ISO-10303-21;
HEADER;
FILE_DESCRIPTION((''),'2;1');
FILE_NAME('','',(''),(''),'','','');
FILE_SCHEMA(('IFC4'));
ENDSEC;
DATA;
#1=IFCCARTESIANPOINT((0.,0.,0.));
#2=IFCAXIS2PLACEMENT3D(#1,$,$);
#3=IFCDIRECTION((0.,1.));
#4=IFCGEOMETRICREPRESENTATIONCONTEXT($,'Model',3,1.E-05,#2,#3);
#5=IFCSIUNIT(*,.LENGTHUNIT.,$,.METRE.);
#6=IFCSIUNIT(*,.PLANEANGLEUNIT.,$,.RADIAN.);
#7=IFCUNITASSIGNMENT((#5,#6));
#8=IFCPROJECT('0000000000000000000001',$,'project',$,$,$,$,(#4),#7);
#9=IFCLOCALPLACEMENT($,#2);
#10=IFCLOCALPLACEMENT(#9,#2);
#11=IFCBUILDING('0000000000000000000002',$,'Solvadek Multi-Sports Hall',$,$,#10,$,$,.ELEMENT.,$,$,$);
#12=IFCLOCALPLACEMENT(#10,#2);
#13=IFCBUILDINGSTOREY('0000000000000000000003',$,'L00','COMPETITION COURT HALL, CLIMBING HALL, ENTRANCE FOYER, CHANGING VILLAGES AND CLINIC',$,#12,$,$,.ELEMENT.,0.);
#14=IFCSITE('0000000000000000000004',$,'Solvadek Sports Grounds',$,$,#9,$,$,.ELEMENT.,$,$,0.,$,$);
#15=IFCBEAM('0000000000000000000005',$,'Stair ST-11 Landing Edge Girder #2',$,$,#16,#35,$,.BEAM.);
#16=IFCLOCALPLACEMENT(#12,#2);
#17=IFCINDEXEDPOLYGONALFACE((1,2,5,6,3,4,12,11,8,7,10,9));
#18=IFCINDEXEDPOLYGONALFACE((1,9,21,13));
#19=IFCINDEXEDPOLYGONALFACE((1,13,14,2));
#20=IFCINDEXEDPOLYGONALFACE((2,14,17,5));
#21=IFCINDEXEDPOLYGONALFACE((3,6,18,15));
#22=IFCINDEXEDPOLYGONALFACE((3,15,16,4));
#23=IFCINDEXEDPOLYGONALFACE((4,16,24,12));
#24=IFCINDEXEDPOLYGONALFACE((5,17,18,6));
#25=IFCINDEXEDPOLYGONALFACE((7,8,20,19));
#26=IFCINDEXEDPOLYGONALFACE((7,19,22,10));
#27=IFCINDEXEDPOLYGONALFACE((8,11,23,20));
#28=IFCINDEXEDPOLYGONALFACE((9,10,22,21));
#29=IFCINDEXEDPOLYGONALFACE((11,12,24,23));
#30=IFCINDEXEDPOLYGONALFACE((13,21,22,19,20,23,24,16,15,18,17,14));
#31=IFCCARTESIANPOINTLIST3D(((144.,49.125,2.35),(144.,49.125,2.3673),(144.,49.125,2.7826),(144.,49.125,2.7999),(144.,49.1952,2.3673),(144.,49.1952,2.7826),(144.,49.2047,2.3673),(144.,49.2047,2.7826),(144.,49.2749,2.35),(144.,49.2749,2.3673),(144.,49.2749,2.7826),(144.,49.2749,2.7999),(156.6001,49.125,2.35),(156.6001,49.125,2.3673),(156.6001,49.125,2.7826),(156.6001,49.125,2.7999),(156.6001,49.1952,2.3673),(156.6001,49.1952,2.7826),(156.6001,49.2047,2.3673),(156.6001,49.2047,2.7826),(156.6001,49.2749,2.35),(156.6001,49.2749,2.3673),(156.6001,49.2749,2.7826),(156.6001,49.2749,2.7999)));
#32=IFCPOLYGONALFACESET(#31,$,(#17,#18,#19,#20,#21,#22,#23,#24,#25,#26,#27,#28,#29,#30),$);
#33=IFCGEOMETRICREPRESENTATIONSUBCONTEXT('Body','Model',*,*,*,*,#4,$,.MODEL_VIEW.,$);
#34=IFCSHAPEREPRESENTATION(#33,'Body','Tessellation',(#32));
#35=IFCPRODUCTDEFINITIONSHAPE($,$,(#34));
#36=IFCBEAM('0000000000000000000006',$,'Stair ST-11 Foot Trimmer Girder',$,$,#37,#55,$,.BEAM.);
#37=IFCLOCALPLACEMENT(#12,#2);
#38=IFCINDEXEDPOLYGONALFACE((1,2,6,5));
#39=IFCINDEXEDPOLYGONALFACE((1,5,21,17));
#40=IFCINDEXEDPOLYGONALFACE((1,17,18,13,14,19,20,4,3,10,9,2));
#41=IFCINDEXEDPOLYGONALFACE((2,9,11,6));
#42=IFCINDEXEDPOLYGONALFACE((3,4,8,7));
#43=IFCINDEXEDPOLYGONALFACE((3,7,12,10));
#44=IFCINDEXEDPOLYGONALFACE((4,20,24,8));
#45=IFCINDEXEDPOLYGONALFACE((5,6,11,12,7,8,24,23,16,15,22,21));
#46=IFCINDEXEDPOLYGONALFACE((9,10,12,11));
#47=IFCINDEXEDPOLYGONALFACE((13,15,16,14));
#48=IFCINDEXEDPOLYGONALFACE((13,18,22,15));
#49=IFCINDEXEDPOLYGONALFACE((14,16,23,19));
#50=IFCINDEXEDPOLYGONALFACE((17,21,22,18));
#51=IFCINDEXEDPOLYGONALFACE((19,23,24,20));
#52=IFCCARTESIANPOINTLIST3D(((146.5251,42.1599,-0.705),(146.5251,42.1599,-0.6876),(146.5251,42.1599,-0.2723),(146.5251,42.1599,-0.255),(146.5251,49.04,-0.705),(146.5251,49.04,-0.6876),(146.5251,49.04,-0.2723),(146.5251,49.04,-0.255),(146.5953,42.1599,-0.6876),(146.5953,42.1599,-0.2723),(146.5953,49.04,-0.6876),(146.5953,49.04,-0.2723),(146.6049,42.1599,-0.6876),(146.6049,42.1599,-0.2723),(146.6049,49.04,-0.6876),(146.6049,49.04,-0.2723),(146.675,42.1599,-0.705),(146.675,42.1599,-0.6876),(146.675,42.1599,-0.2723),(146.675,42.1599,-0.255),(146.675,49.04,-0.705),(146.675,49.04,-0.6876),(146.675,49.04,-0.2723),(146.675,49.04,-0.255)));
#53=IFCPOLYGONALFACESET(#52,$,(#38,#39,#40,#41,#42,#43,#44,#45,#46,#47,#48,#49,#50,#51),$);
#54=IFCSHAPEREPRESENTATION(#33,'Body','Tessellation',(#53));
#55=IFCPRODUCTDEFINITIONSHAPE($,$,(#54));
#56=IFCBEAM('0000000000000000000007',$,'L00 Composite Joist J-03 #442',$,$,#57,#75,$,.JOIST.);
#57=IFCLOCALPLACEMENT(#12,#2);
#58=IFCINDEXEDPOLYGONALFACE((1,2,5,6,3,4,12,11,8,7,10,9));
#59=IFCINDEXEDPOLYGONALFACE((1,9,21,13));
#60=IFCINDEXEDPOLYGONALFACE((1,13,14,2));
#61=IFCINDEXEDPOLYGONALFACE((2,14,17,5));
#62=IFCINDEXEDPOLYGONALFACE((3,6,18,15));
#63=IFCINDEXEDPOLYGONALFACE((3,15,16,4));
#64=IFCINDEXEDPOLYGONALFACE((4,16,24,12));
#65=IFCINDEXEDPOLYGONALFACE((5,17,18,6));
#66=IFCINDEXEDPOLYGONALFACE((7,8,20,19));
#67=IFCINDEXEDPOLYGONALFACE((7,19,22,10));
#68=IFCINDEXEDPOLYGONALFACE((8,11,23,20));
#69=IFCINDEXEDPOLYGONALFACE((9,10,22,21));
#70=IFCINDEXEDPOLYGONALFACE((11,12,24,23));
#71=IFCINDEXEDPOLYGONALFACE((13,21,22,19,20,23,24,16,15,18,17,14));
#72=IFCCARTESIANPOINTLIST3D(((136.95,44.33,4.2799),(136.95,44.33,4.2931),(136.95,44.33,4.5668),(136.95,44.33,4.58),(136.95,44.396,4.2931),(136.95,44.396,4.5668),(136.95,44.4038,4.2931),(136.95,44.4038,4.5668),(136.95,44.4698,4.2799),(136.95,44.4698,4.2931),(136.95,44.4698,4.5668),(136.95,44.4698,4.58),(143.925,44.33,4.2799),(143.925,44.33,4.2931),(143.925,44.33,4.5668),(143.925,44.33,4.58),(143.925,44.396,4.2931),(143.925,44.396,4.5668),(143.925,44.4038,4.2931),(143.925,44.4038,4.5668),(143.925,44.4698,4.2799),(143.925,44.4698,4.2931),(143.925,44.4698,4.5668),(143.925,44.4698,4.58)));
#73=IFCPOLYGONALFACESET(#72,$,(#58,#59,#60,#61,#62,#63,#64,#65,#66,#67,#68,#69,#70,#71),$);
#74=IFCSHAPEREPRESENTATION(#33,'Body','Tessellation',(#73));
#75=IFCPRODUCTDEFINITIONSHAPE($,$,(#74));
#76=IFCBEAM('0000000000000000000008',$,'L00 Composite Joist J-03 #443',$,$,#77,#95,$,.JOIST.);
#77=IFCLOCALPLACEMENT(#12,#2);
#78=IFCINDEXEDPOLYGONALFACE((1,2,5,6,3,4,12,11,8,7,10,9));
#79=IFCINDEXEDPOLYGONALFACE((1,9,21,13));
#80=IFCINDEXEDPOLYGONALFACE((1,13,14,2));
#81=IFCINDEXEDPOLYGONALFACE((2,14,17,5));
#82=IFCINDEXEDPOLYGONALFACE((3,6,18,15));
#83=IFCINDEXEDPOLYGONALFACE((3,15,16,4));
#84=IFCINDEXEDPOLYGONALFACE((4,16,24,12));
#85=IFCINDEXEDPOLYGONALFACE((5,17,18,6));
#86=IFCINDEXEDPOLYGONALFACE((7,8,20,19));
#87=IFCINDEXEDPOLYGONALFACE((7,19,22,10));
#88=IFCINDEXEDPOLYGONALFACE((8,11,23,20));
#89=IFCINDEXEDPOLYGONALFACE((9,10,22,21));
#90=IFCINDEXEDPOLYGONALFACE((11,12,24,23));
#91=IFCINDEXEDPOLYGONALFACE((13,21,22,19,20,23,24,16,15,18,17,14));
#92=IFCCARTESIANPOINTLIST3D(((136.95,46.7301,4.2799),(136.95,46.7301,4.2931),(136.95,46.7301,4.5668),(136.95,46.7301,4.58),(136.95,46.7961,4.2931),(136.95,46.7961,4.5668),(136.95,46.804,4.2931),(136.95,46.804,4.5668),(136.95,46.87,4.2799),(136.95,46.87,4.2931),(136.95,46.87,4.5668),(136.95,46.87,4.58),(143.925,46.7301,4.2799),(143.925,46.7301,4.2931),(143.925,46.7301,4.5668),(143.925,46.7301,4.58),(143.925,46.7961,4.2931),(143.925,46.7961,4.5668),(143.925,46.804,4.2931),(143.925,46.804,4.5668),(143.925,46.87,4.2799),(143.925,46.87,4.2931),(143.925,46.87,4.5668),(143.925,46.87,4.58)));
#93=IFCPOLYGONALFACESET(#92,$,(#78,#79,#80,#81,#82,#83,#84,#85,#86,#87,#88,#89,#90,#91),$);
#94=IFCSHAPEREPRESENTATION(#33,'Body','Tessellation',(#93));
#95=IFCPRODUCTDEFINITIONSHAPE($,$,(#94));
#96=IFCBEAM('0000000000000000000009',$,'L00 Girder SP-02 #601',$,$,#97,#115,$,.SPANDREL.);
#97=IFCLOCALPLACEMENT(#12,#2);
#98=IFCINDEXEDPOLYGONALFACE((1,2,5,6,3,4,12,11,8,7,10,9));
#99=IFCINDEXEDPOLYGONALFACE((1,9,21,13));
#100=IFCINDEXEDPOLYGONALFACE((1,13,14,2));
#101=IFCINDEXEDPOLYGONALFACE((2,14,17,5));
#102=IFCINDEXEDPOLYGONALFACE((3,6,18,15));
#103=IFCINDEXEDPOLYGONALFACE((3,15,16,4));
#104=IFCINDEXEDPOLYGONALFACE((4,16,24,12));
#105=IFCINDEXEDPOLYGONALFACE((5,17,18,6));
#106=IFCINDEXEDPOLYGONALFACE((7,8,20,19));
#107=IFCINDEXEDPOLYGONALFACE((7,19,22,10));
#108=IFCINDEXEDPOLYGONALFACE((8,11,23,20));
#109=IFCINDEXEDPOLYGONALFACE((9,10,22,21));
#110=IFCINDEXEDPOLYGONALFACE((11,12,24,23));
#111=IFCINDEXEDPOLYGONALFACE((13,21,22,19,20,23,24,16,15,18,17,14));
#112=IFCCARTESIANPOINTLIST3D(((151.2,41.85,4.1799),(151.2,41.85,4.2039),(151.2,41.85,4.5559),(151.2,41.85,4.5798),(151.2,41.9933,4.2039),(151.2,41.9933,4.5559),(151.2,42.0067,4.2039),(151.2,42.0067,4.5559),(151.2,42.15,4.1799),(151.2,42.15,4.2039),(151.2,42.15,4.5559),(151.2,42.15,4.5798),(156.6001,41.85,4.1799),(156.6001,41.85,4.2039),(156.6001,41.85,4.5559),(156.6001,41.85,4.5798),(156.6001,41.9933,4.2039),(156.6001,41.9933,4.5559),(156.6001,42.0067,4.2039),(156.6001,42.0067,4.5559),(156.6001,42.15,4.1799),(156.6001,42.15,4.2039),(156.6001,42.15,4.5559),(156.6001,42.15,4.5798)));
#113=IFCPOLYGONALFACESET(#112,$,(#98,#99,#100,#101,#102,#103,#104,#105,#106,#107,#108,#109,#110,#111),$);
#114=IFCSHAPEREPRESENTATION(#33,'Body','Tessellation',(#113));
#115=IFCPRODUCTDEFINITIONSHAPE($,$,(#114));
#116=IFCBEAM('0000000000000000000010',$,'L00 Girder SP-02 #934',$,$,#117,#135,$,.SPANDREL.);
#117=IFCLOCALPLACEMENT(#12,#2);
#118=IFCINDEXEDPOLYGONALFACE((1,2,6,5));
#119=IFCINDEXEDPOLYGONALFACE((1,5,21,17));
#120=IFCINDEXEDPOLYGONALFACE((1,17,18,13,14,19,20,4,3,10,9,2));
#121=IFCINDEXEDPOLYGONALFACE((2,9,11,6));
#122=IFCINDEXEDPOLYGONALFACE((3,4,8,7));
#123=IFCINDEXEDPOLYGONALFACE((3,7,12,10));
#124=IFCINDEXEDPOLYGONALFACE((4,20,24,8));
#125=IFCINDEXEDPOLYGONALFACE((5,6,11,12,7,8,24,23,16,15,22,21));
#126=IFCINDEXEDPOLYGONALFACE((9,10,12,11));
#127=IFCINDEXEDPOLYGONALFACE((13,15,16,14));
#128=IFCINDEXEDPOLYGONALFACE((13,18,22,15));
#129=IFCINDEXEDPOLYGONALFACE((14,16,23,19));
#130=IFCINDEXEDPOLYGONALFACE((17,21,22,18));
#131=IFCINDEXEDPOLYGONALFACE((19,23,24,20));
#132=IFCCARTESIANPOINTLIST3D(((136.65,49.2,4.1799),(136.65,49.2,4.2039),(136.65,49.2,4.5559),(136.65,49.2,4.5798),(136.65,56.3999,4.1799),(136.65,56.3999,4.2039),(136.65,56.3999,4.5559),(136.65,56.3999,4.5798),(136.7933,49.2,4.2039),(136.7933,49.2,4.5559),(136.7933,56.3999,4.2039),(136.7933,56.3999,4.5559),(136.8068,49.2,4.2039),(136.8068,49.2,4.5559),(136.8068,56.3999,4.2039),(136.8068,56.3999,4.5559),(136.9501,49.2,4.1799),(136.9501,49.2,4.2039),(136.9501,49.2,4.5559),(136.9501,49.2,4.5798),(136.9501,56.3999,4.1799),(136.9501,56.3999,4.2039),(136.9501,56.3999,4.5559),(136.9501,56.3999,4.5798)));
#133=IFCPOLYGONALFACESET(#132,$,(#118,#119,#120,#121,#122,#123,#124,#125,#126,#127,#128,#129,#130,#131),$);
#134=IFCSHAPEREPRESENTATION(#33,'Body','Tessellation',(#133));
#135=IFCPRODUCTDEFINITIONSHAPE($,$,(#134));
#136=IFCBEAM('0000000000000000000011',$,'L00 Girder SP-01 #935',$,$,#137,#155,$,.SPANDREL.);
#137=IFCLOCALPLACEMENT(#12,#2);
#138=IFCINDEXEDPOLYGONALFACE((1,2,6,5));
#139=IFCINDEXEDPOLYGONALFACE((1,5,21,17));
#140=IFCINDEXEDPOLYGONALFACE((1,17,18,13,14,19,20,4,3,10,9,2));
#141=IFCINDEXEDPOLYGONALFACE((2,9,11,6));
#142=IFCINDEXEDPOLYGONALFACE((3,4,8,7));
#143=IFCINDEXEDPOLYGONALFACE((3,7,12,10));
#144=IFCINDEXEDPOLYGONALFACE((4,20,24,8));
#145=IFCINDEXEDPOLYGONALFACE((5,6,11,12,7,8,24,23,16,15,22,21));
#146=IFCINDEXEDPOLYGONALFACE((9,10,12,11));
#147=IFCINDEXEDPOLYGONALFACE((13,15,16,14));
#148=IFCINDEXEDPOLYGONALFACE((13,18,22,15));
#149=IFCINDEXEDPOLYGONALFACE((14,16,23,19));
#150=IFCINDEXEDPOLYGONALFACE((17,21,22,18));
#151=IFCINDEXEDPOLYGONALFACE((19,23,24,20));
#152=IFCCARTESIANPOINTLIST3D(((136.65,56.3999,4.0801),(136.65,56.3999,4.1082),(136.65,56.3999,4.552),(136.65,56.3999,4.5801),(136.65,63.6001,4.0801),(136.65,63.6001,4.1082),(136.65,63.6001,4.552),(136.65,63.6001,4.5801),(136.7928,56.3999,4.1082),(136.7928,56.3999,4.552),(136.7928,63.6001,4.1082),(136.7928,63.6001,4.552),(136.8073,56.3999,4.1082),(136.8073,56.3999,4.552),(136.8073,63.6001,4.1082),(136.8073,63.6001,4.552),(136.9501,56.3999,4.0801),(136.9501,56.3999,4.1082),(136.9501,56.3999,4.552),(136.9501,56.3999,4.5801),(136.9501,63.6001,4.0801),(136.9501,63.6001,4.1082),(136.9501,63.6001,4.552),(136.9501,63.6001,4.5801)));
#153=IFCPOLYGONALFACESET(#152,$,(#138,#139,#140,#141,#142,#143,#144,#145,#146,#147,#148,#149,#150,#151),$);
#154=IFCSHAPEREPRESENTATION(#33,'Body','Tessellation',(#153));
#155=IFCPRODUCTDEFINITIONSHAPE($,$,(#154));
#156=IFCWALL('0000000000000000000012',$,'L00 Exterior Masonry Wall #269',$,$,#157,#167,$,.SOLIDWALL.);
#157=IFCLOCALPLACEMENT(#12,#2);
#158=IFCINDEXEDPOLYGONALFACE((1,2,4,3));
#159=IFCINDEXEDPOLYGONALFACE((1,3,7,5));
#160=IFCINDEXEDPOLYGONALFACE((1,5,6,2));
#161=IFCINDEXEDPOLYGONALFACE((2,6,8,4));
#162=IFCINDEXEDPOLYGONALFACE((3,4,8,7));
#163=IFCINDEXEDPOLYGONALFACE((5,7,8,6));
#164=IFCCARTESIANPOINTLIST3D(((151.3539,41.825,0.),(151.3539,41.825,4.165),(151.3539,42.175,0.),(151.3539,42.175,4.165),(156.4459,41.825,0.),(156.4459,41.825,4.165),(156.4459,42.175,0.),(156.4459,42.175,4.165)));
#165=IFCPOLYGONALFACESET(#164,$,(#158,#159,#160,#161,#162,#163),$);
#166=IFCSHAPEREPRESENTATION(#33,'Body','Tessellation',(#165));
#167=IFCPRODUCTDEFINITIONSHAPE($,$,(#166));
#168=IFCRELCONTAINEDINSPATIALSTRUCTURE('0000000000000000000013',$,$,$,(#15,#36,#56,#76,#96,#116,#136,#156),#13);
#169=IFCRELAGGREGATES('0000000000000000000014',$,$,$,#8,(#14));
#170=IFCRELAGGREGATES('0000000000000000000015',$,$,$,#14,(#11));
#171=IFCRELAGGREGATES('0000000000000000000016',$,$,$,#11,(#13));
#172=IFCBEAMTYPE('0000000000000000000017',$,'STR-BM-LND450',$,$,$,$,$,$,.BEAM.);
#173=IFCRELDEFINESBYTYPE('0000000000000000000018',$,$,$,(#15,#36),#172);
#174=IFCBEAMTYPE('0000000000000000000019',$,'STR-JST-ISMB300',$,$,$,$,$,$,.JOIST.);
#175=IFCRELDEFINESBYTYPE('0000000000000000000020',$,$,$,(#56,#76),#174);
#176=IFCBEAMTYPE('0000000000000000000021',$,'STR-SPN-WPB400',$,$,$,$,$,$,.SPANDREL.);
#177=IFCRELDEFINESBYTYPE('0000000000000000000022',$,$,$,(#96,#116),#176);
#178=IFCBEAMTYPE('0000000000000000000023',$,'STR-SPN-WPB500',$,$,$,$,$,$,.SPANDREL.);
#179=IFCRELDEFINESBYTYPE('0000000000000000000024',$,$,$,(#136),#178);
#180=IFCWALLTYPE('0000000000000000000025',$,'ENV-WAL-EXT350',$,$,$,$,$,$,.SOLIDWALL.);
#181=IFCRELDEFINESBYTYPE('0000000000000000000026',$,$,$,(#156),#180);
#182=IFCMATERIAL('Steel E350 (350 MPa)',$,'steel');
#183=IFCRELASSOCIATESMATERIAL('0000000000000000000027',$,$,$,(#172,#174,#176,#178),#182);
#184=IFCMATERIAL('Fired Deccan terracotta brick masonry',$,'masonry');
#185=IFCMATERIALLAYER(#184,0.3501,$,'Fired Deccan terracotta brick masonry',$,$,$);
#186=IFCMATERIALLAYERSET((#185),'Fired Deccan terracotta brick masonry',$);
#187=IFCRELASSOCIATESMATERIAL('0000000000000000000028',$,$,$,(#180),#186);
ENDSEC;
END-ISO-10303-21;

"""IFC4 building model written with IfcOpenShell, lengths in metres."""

from ifc_helpers import new_model, si_unit, direction, frame, frame_2d, origin, origin_2d, place, context, subcontext, project, spatial, rectangle, i_section, extrude, material, layer, layer_set, material_profile, profile_set, type_object, element, save


model = new_model("IFC4")

# Units and contexts
model_context = context("Model", 3, precision=1e-05, world=origin(), true_north=direction((0.0, 1.0)))
body_context = subcontext(model_context, "Body", "Model", "MODEL_VIEW")
ifc_project = project(units=[si_unit("LENGTHUNIT", "METRE"), si_unit("PLANEANGLEUNIT", "RADIAN")], contexts=[model_context])

# Site, building, storey
site_placement = place(None, origin())
site = spatial("IfcSite", under=ifc_project, at=site_placement, Name="Solvadek Sports Grounds", CompositionType="ELEMENT", RefElevation=0.0)
building_placement = place(site_placement, origin())
building = spatial("IfcBuilding", under=site, at=building_placement, Name="Solvadek Multi-Sports Hall", CompositionType="ELEMENT")
storey_placement = place(building_placement, origin())
storey = spatial("IfcBuildingStorey", under=building, at=storey_placement, Name="L00", Description="COMPETITION COURT HALL, CLIMBING HALL, ENTRANCE FOYER, CHANGING VILLAGES AND CLINIC", CompositionType="ELEMENT", Elevation=0.0)

# Shared definitions
ifc_material_1 = material(Name="Steel E350 (350 MPa)", Category="steel")

# Beams
ifc_material_profile_1 = material_profile(ifc_material_1, i_section(OverallWidth=0.1499, OverallDepth=0.45, WebThickness=0.0095, FlangeThickness=0.0173, at=origin_2d()), Name="ISMB 450")
ifc_profile_set_1 = profile_set([ifc_material_profile_1], Name="Steel E350 (350 MPa)")
beam_type_1 = type_object("IfcBeamType", Name="STR-BM-LND450", PredefinedType="BEAM", material=ifc_profile_set_1)
beam_1_placement = place(storey_placement, frame((144.0, 49.2, 2.575), z_axis=(1.0, 0.0, 0.0), x_axis=(0.0, 1.0, 0.0)))
element("IfcBeam", 1, at=beam_1_placement, inside=storey, type_object=beam_type_1, Name="Stair ST-11 Landing Edge Girder #2", PredefinedType="BEAM", context=body_context, shape_type="SweptSolid", body=[
    extrude(i_section(OverallWidth=0.1499, OverallDepth=0.45, WebThickness=0.0095, FlangeThickness=0.0173, at=origin_2d()), origin(), (0.0, 0.0, 1.0), 12.6001),
])
beam_2_placement = place(storey_placement, frame((146.6001, 42.1599, -0.48), z_axis=(0.0, 1.0, 0.0), x_axis=(-1.0, 0.0, 0.0)))
element("IfcBeam", 2, at=beam_2_placement, inside=storey, type_object=beam_type_1, Name="Stair ST-11 Foot Trimmer Girder", PredefinedType="BEAM", context=body_context, shape_type="SweptSolid", body=[
    extrude(i_section(OverallWidth=0.1499, OverallDepth=0.45, WebThickness=0.0095, FlangeThickness=0.0173, at=origin_2d()), origin(), (0.0, 0.0, 1.0), 6.8801),
])
ifc_material_profile_2 = material_profile(ifc_material_1, i_section(OverallWidth=0.1399, OverallDepth=0.3, WebThickness=0.0078, FlangeThickness=0.0132, at=origin_2d()), Name="ISMB 300")
ifc_profile_set_2 = profile_set([ifc_material_profile_2], Name="Steel E350 (350 MPa)")
beam_type_2 = type_object("IfcBeamType", Name="STR-JST-ISMB300", PredefinedType="JOIST", material=ifc_profile_set_2)
for number, where, z_axis, x_axis, name in (
    (3, (136.95, 44.3999, 4.4299), (1.0, 0.0, 0.0), (0.0, 1.0, 0.0), "L00 Composite Joist J-03 #442"),
    (4, (136.95, 46.8, 4.4299), (1.0, 0.0, 0.0), (0.0, 1.0, 0.0), "L00 Composite Joist J-03 #443"),
):
    element("IfcBeam", number, at=place(storey_placement, frame(where, z_axis=z_axis, x_axis=x_axis)), inside=storey, type_object=beam_type_2, Name=name, PredefinedType="JOIST", context=body_context, shape_type="SweptSolid", body=[
        extrude(i_section(OverallWidth=0.1399, OverallDepth=0.3, WebThickness=0.0078, FlangeThickness=0.0132, at=origin_2d()), origin(), (0.0, 0.0, 1.0), 6.9751),
    ])
ifc_material_profile_3 = material_profile(ifc_material_1, i_section(OverallWidth=0.3, OverallDepth=0.3999, WebThickness=0.0134, FlangeThickness=0.0239, at=origin_2d()), Name="WPB 400")
ifc_profile_set_3 = profile_set([ifc_material_profile_3], Name="Steel E350 (350 MPa)")
beam_type_3 = type_object("IfcBeamType", Name="STR-SPN-WPB400", PredefinedType="SPANDREL", material=ifc_profile_set_3)
beam_3_placement = place(storey_placement, frame((151.2, 42.0, 4.3799), z_axis=(1.0, 0.0, 0.0), x_axis=(0.0, 1.0, 0.0)))
element("IfcBeam", 5, at=beam_3_placement, inside=storey, type_object=beam_type_3, Name="L00 Girder SP-02 #601", PredefinedType="SPANDREL", context=body_context, shape_type="SweptSolid", body=[
    extrude(i_section(OverallWidth=0.3, OverallDepth=0.3999, WebThickness=0.0134, FlangeThickness=0.0239, at=origin_2d()), origin(), (0.0, 0.0, 1.0), 5.4001),
])
beam_4_placement = place(storey_placement, frame((136.8, 49.2, 4.3799), z_axis=(0.0, 1.0, 0.0), x_axis=(-1.0, 0.0, 0.0)))
element("IfcBeam", 6, at=beam_4_placement, inside=storey, type_object=beam_type_3, Name="L00 Girder SP-02 #934", PredefinedType="SPANDREL", context=body_context, shape_type="SweptSolid", body=[
    extrude(i_section(OverallWidth=0.3, OverallDepth=0.3999, WebThickness=0.0134, FlangeThickness=0.0239, at=origin_2d()), origin(), (0.0, 0.0, 1.0), 7.2),
])
ifc_material_profile_4 = material_profile(ifc_material_1, i_section(OverallWidth=0.3, OverallDepth=0.5, WebThickness=0.0144, FlangeThickness=0.0281, at=origin_2d()), Name="WPB 500")
ifc_profile_set_4 = profile_set([ifc_material_profile_4], Name="Steel E350 (350 MPa)")
beam_type_4 = type_object("IfcBeamType", Name="STR-SPN-WPB500", PredefinedType="SPANDREL", material=ifc_profile_set_4)
beam_5_placement = place(storey_placement, frame((136.8, 56.3999, 4.3301), z_axis=(0.0, 1.0, 0.0), x_axis=(-1.0, 0.0, 0.0)))
element("IfcBeam", 7, at=beam_5_placement, inside=storey, type_object=beam_type_4, Name="L00 Girder SP-01 #935", PredefinedType="SPANDREL", context=body_context, shape_type="SweptSolid", body=[
    extrude(i_section(OverallWidth=0.3, OverallDepth=0.5, WebThickness=0.0144, FlangeThickness=0.0281, at=origin_2d()), origin(), (0.0, 0.0, 1.0), 7.2002),
])

# Wall
ifc_material_2 = material(Name="Fired Deccan terracotta brick masonry", Category="masonry")
ifc_layer = layer(ifc_material_2, 0.3501, Name="Fired Deccan terracotta brick masonry")
ifc_layer_set = layer_set([ifc_layer], Name="Fired Deccan terracotta brick masonry")
wall_type = type_object("IfcWallType", Name="ENV-WAL-EXT350", PredefinedType="SOLIDWALL", material=ifc_layer_set)
wall_placement = place(storey_placement, frame((151.354, 42.0, 0.0), z_axis=(0.0, 0.0, 1.0), x_axis=(1.0, 0.0, 0.0)))
element("IfcWall", 8, at=wall_placement, inside=storey, type_object=wall_type, Name="L00 Exterior Masonry Wall #269", PredefinedType="SOLIDWALL", context=body_context, shape_type="SweptSolid", body=[
    extrude(rectangle(XDim=5.092, YDim=0.3501, at=frame_2d((2.5459, 0.0))), origin(), (0.0, 0.0, 1.0), 4.165),
])

save(model, "model.ifc")
